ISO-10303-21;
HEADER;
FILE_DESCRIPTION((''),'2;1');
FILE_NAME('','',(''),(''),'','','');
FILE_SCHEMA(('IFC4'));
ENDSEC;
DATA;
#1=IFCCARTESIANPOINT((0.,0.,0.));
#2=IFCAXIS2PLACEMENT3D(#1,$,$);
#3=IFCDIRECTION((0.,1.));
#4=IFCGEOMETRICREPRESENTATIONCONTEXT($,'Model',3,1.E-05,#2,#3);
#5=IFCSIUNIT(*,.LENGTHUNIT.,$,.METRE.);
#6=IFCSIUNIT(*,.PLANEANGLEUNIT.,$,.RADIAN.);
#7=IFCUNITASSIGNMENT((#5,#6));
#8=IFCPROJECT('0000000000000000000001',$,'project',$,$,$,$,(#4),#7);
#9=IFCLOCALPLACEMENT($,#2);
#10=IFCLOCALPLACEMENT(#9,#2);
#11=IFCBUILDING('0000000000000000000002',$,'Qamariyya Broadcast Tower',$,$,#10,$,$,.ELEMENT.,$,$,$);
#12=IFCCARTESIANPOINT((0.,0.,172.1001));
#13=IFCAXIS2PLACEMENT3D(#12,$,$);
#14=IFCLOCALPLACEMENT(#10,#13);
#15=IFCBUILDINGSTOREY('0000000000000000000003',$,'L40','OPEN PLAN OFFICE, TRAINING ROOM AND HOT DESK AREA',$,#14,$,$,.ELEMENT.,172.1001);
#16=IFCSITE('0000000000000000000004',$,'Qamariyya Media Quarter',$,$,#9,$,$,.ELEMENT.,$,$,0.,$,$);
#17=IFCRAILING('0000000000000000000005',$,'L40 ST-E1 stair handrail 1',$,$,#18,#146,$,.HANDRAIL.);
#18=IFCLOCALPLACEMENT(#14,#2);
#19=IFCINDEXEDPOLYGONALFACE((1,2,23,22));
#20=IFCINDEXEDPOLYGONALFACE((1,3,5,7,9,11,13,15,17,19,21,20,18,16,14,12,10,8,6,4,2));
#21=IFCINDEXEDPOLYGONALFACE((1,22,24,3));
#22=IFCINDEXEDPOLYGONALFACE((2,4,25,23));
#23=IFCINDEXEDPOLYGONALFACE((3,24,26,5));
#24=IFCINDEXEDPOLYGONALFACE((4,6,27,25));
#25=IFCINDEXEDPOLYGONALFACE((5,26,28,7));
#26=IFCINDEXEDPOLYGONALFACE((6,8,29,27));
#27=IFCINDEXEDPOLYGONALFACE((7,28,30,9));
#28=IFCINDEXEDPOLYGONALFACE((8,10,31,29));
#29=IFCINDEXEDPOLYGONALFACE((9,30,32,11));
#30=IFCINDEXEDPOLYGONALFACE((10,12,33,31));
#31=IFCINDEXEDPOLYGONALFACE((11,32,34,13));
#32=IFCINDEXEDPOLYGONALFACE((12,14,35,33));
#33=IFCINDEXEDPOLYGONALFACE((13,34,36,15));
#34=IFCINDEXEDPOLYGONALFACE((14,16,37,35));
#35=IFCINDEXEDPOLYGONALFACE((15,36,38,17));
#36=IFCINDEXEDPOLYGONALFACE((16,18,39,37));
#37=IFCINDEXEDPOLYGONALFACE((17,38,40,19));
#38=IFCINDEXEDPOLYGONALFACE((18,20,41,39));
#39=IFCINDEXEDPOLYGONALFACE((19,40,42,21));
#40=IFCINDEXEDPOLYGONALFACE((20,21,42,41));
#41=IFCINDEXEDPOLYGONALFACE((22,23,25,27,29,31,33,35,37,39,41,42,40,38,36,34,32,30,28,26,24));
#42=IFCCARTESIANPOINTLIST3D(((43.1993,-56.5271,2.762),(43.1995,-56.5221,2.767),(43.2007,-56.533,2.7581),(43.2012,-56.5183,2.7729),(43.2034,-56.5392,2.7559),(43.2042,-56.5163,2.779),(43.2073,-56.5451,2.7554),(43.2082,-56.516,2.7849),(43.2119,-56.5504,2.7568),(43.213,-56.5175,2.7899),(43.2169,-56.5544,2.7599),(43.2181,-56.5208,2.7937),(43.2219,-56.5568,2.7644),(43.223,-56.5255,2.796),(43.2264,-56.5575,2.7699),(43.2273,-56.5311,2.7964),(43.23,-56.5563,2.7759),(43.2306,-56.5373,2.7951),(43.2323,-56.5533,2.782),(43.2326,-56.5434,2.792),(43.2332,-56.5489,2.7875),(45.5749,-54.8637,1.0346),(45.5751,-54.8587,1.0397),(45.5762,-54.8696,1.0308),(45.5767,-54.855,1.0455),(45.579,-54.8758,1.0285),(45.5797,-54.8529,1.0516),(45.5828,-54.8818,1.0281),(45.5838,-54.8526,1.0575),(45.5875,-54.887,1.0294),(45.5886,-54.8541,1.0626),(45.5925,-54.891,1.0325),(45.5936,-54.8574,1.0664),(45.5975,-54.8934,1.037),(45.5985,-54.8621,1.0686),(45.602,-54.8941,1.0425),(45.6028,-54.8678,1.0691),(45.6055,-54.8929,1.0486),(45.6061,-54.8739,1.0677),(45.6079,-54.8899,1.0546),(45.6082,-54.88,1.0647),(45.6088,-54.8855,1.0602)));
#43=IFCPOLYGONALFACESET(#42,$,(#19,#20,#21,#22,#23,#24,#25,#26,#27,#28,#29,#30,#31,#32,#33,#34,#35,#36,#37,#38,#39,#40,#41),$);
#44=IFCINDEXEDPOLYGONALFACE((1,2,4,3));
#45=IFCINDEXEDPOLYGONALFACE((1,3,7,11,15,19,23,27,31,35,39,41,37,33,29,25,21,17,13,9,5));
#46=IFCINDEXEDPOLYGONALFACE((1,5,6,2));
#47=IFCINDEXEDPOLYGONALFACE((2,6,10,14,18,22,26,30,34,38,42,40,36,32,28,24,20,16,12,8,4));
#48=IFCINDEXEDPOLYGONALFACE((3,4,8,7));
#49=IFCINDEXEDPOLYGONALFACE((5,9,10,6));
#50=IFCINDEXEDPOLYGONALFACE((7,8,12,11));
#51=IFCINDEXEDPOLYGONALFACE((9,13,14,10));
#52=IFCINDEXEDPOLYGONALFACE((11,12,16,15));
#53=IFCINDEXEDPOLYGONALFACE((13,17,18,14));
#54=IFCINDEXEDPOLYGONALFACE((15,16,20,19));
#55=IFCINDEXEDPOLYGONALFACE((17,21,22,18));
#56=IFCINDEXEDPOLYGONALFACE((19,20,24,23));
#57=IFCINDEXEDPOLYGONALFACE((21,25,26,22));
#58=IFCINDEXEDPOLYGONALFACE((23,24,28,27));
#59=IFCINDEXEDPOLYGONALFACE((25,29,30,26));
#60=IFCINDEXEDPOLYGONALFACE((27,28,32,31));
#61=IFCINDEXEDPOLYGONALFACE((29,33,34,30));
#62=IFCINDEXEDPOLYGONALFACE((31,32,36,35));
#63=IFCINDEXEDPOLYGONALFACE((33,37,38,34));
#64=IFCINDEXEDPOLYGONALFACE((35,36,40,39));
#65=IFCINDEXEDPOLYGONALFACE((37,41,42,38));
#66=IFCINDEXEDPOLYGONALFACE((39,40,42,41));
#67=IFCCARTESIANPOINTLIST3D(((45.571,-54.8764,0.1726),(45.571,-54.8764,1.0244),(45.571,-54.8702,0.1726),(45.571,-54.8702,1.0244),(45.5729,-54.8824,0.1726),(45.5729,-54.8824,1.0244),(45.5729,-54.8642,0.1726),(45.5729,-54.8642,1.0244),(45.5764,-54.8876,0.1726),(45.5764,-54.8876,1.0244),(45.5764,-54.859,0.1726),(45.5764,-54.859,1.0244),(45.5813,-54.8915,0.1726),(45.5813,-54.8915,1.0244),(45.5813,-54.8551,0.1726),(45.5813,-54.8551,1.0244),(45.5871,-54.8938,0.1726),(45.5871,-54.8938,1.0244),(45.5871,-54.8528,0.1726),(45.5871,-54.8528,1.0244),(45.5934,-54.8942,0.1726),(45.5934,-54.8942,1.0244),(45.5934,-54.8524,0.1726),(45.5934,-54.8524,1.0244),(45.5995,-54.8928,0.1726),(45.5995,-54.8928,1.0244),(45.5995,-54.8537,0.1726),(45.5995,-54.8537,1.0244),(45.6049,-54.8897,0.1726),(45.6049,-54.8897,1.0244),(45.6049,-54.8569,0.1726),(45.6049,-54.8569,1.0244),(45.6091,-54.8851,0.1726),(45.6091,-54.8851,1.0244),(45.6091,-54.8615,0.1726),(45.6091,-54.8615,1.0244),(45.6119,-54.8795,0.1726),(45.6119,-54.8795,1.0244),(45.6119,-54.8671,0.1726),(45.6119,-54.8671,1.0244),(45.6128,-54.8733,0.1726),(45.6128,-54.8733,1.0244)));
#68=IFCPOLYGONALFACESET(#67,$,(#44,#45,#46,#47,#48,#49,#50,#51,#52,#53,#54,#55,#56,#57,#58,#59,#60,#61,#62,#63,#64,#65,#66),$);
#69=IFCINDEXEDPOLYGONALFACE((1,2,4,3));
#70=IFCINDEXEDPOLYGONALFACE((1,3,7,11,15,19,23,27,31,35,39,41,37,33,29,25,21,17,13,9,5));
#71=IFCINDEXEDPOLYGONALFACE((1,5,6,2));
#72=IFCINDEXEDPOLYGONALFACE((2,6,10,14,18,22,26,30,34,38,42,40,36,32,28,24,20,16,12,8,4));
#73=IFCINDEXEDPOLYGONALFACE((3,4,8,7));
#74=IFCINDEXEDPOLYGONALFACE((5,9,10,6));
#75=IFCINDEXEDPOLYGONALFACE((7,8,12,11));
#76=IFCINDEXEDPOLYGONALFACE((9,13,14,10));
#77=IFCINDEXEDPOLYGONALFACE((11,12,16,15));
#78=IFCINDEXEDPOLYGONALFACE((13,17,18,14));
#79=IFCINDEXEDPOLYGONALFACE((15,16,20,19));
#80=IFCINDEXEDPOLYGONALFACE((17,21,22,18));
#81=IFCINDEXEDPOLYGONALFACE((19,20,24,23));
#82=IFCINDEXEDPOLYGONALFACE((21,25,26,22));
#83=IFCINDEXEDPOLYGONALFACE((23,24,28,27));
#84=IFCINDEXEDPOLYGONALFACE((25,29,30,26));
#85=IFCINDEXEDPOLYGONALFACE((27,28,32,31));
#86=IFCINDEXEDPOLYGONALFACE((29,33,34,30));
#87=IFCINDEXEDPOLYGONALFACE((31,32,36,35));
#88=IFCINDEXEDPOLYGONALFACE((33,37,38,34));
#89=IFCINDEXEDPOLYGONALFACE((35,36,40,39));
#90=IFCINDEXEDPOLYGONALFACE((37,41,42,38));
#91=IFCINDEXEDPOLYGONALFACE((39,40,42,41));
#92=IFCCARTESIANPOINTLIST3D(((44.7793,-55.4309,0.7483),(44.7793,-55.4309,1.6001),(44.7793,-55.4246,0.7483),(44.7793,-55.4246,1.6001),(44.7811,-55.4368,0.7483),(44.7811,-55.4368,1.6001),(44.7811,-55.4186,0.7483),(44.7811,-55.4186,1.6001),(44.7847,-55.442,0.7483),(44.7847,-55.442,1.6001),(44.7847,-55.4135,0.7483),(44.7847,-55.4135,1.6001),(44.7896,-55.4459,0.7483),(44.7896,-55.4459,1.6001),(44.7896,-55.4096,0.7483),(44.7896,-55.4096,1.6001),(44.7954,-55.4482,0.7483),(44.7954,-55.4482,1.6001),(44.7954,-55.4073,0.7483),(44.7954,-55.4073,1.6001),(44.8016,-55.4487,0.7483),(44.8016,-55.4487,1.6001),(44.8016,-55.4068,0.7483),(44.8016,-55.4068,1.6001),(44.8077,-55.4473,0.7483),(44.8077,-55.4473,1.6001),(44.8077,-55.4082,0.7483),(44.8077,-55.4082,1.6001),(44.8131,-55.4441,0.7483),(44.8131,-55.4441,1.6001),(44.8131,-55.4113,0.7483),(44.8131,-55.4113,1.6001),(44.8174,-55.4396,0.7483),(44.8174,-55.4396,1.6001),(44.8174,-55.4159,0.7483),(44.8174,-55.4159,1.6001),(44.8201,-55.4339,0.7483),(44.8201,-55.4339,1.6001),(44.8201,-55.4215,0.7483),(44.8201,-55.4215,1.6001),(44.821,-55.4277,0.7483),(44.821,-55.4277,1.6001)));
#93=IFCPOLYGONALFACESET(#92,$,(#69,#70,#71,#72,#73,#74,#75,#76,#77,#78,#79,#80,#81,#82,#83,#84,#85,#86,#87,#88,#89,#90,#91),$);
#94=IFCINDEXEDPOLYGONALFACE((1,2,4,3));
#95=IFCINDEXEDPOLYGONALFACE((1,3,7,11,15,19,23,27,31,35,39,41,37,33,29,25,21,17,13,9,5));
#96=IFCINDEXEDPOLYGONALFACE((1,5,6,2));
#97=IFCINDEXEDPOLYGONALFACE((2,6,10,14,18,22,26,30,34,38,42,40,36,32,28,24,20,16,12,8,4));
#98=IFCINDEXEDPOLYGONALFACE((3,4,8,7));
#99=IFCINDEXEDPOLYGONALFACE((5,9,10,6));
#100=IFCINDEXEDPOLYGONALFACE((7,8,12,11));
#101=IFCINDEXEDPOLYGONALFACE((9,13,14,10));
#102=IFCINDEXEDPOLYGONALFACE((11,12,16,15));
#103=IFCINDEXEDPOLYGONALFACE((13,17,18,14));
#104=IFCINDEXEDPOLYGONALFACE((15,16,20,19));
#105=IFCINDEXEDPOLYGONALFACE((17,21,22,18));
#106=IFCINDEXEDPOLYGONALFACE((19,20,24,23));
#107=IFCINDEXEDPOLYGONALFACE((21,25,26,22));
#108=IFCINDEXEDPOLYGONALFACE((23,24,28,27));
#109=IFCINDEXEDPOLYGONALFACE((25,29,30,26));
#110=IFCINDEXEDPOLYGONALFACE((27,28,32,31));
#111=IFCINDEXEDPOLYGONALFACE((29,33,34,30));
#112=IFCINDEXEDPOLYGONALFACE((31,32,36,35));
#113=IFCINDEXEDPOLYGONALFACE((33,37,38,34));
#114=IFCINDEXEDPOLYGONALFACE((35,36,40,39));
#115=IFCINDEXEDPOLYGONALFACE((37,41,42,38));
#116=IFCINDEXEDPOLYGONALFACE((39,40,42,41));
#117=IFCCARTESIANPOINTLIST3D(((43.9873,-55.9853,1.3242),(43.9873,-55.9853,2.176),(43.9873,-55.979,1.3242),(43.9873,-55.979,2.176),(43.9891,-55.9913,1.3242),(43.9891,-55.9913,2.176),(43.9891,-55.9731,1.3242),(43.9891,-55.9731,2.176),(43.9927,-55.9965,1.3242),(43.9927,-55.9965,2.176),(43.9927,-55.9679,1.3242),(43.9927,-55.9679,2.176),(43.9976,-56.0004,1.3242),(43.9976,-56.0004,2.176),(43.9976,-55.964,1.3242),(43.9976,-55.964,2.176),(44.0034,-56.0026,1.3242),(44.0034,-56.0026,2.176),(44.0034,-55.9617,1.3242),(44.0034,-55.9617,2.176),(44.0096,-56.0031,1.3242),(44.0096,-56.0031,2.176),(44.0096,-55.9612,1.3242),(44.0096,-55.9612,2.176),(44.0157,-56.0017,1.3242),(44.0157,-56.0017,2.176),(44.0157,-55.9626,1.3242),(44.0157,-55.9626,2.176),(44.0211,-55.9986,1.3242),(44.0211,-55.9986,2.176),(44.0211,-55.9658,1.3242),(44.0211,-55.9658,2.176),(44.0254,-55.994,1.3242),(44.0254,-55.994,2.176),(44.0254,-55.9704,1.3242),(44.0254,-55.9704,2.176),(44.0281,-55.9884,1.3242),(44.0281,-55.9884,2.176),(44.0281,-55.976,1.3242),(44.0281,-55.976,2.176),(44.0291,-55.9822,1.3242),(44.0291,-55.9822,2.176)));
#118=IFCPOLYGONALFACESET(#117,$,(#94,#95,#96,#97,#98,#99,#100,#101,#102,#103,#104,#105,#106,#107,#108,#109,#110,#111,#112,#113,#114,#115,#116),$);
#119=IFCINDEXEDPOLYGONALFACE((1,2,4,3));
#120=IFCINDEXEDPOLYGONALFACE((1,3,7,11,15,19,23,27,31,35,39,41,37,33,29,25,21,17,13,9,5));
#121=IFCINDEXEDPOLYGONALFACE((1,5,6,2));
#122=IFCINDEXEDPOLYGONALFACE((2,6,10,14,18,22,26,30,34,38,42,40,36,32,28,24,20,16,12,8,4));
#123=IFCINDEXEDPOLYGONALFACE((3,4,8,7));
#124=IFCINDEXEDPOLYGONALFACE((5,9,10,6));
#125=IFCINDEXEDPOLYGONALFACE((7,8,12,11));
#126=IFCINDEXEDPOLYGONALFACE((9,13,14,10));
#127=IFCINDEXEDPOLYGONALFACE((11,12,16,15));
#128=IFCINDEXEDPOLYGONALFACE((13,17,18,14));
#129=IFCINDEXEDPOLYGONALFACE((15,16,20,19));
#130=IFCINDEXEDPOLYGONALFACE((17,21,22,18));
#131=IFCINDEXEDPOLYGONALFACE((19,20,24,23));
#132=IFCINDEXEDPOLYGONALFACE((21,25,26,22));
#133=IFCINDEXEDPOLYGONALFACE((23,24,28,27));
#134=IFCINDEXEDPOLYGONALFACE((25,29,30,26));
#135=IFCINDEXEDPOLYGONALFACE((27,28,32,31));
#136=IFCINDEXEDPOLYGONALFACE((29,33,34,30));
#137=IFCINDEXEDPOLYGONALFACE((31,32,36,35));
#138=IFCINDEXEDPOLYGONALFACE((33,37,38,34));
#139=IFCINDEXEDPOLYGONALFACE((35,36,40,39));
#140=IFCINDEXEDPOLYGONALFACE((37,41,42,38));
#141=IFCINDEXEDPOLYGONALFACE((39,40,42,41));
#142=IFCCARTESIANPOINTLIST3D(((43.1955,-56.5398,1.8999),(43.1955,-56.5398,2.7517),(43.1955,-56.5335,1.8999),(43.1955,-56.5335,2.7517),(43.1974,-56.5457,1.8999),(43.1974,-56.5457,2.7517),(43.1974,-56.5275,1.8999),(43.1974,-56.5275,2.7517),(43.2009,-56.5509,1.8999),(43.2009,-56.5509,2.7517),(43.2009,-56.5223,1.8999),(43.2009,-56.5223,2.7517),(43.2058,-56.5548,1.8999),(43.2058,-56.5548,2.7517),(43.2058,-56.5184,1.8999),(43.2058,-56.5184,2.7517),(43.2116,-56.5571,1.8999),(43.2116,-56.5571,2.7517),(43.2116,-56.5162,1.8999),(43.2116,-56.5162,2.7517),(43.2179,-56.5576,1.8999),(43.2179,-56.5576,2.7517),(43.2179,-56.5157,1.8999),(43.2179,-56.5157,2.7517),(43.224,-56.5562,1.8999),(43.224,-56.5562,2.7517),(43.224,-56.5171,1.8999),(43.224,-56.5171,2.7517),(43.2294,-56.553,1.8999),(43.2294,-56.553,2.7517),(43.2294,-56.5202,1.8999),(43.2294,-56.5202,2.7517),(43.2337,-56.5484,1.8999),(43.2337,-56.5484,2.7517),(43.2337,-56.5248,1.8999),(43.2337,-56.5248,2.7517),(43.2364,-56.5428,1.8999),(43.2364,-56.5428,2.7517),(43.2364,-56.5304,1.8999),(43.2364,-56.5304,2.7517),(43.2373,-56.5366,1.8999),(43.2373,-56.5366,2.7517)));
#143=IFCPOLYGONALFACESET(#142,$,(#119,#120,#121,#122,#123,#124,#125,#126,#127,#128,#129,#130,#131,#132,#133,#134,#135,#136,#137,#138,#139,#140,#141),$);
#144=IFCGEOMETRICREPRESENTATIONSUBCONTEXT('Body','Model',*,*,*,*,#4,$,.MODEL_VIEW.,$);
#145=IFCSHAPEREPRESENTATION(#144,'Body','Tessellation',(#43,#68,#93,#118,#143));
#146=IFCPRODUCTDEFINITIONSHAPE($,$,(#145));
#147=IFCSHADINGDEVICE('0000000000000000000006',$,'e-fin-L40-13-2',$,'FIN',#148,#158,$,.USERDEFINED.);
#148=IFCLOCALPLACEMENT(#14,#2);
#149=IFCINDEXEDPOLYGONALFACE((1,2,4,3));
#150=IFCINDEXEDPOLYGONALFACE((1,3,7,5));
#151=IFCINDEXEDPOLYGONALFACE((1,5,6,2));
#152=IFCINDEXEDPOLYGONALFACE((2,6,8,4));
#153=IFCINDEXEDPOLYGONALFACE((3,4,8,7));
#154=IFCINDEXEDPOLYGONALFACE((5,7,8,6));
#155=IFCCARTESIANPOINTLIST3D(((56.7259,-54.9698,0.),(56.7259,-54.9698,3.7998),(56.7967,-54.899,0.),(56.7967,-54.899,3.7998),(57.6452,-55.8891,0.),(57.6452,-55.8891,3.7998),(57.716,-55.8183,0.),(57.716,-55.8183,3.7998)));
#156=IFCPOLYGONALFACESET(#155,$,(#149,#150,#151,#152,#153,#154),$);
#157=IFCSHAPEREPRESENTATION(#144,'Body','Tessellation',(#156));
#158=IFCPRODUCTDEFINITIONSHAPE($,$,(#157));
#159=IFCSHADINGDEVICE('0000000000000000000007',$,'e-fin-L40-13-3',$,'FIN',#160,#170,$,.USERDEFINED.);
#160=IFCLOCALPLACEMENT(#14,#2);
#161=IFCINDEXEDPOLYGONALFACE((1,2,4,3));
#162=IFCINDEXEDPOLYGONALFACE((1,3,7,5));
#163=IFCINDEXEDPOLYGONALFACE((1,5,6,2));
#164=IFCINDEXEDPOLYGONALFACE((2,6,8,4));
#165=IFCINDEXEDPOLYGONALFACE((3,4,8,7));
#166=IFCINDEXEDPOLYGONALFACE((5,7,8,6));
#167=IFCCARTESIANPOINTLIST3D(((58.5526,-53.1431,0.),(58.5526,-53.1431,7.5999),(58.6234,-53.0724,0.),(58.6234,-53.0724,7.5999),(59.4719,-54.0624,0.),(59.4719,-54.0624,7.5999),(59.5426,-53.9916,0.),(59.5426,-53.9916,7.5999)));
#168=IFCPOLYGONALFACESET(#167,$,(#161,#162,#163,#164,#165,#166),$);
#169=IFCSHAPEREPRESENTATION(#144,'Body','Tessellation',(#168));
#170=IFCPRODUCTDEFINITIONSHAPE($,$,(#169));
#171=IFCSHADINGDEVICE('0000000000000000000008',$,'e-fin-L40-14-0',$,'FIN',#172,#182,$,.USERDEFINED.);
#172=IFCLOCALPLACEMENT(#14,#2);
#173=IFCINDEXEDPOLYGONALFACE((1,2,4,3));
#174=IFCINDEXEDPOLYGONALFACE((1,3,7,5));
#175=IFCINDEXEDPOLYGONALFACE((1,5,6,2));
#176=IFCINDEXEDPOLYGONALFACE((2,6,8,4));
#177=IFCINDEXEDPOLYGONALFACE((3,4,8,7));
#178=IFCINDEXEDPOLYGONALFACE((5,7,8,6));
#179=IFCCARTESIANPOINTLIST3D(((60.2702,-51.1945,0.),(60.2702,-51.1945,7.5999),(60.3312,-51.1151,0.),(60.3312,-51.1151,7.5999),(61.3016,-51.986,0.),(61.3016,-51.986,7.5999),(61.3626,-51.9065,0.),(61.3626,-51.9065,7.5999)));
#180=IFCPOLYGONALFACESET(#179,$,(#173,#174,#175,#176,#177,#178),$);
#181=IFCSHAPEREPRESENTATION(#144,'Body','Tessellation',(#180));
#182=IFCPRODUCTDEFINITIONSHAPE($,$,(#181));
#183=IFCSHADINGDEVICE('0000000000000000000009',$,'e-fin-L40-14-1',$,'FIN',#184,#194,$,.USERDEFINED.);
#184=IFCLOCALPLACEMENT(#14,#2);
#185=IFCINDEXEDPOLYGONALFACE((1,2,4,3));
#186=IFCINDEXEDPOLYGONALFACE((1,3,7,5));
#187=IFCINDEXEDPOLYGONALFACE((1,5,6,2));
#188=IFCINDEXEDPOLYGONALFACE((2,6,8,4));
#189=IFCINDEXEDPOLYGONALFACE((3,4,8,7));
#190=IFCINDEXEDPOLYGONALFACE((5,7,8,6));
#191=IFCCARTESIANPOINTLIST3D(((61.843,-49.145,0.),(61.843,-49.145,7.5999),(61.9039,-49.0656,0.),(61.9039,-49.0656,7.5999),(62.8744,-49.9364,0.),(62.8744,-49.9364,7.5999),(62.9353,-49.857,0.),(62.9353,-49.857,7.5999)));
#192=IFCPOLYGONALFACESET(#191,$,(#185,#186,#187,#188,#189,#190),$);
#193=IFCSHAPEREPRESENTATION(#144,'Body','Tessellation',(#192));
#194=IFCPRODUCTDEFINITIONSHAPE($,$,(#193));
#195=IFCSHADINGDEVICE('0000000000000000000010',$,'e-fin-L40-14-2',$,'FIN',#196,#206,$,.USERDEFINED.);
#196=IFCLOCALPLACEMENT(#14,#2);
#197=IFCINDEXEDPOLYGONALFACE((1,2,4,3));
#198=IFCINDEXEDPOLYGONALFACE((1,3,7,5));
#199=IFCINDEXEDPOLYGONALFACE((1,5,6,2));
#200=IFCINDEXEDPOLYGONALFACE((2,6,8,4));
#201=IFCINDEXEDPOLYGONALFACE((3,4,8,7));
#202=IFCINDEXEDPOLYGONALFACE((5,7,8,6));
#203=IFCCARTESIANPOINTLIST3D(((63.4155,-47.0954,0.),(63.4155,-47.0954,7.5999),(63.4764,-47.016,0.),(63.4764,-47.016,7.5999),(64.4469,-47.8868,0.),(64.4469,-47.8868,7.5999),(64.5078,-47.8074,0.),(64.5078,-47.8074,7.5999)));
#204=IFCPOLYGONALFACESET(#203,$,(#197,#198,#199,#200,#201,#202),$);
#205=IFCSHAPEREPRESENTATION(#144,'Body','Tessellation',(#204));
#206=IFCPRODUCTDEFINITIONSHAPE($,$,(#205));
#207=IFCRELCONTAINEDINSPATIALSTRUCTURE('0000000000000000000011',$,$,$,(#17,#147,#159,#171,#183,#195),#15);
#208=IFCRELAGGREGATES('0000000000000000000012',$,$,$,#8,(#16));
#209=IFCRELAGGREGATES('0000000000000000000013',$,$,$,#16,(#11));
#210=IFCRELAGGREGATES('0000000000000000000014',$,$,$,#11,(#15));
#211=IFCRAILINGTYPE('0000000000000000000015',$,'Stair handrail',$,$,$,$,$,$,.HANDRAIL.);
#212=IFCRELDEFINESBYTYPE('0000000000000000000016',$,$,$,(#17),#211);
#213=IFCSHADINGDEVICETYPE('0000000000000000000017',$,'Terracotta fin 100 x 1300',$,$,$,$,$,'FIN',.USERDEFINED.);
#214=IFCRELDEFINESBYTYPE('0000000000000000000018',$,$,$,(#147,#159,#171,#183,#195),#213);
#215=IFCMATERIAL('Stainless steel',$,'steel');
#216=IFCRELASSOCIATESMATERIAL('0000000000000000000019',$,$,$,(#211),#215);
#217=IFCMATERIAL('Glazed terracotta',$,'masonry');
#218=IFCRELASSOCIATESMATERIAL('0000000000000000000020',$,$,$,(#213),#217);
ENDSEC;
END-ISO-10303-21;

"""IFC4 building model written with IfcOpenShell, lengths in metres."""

from ifc_helpers import new_model, si_unit, direction, frame, origin, origin_2d, place, context, subcontext, project, spatial, rectangle, circle, extrude, material, material_profile, profile_set, type_object, element, save


model = new_model("IFC4")

# Units and contexts
model_context = context("Model", 3, precision=1e-05, world=origin(), true_north=direction((0.0, 1.0)))
body_context = subcontext(model_context, "Body", "Model", "MODEL_VIEW")
ifc_project = project(units=[si_unit("LENGTHUNIT", "METRE"), si_unit("PLANEANGLEUNIT", "RADIAN")], contexts=[model_context])

# Site, building, storey
site_placement = place(None, origin())
site = spatial("IfcSite", under=ifc_project, at=site_placement, Name="Qamariyya Media Quarter", CompositionType="ELEMENT", RefElevation=0.0)
building_placement = place(site_placement, origin())
building = spatial("IfcBuilding", under=site, at=building_placement, Name="Qamariyya Broadcast Tower", CompositionType="ELEMENT")
storey_placement = place(building_placement, frame((0.0, 0.0, 172.1001)))
storey = spatial("IfcBuildingStorey", under=building, at=storey_placement, Name="L40", Description="OPEN PLAN OFFICE, TRAINING ROOM AND HOT DESK AREA", CompositionType="ELEMENT", Elevation=172.1001)

# Railing
ifc_material_1 = material(Name="Stainless steel", Category="steel")
railing_type_1 = type_object("IfcRailingType", Name="Stair handrail", PredefinedType="HANDRAIL", material=ifc_material_1)
railing_1_placement = place(storey_placement, frame((45.5918, -54.8733, 0.1726)))
element("IfcRailing", 1, at=railing_1_placement, inside=storey, type_object=railing_type_1, Name="L40 ST-E1 stair handrail 1", PredefinedType="HANDRAIL", context=body_context, shape_type="SweptSolid", body=[
    extrude(circle(Radius=0.0239, at=origin_2d()), frame((0.0, 0.0, 0.876), z_axis=(-0.70377, -0.492784, 0.511734), x_axis=(0.573575, -0.819153, 0.0)), (0.0, 0.0, 1.0), 3.3755),
    extrude(circle(Radius=0.021, at=origin_2d()), origin(), (0.0, 0.0, 1.0), 0.8518),
    extrude(circle(Radius=0.021, at=origin_2d()), frame((-0.7917, -0.5544, 0.5757)), (0.0, 0.0, 1.0), 0.8518),
    extrude(circle(Radius=0.021, at=origin_2d()), frame((-1.5837, -1.1089, 1.1516)), (0.0, 0.0, 1.0), 0.8518),
    extrude(circle(Radius=0.021, at=origin_2d()), frame((-2.3755, -1.6633, 1.7273)), (0.0, 0.0, 1.0), 0.8518),
])

# Shading devices
ifc_material_2 = material(Name="Glazed terracotta", Category="masonry")
ifc_material_profile_1 = material_profile(ifc_material_2, rectangle(XDim=1.3, YDim=0.1001, at=origin_2d()))
ifc_profile_set_1 = profile_set([ifc_material_profile_1], Name="Glazed terracotta")
shading_device_type_1 = type_object("IfcShadingDeviceType", Name="Terracotta fin 100 x 1300", ElementType="FIN", PredefinedType="USERDEFINED", material=ifc_profile_set_1)
shading_device_1_placement = place(storey_placement, frame((57.2209, -55.394, 0.0), z_axis=(0.0, 0.0, 1.0), x_axis=(0.707107, -0.707107, 0.0)))
element("IfcShadingDevice", 2, at=shading_device_1_placement, inside=storey, type_object=shading_device_type_1, Name="e-fin-L40-13-2", ObjectType="FIN", PredefinedType="USERDEFINED", context=body_context, shape_type="SweptSolid", body=[
    extrude(rectangle(XDim=1.3, YDim=0.1001, at=origin_2d()), origin(), (0.0, 0.0, 1.0), 3.7998),
])
for number, where, z_axis, x_axis, name in (
    (3, (59.0476, -53.5674, 0.0), (0.0, 0.0, 1.0), (0.707107, -0.707107, 0.0), "e-fin-L40-13-3"),
    (4, (60.8164, -51.5505, 0.0), (0.0, 0.0, 1.0), (0.793353, -0.608761, 0.0), "e-fin-L40-14-0"),
    (5, (62.3892, -49.501, 0.0), (0.0, 0.0, 1.0), (0.793353, -0.608761, 0.0), "e-fin-L40-14-1"),
    (6, (63.9617, -47.4514, 0.0), (0.0, 0.0, 1.0), (0.793353, -0.608761, 0.0), "e-fin-L40-14-2"),
):
    element("IfcShadingDevice", number, at=place(storey_placement, frame(where, z_axis=z_axis, x_axis=x_axis)), inside=storey, type_object=shading_device_type_1, Name=name, ObjectType="FIN", PredefinedType="USERDEFINED", context=body_context, shape_type="SweptSolid", body=[
        extrude(rectangle(XDim=1.3, YDim=0.1001, at=origin_2d()), origin(), (0.0, 0.0, 1.0), 7.5999),
    ])

save(model, "model.ifc")
